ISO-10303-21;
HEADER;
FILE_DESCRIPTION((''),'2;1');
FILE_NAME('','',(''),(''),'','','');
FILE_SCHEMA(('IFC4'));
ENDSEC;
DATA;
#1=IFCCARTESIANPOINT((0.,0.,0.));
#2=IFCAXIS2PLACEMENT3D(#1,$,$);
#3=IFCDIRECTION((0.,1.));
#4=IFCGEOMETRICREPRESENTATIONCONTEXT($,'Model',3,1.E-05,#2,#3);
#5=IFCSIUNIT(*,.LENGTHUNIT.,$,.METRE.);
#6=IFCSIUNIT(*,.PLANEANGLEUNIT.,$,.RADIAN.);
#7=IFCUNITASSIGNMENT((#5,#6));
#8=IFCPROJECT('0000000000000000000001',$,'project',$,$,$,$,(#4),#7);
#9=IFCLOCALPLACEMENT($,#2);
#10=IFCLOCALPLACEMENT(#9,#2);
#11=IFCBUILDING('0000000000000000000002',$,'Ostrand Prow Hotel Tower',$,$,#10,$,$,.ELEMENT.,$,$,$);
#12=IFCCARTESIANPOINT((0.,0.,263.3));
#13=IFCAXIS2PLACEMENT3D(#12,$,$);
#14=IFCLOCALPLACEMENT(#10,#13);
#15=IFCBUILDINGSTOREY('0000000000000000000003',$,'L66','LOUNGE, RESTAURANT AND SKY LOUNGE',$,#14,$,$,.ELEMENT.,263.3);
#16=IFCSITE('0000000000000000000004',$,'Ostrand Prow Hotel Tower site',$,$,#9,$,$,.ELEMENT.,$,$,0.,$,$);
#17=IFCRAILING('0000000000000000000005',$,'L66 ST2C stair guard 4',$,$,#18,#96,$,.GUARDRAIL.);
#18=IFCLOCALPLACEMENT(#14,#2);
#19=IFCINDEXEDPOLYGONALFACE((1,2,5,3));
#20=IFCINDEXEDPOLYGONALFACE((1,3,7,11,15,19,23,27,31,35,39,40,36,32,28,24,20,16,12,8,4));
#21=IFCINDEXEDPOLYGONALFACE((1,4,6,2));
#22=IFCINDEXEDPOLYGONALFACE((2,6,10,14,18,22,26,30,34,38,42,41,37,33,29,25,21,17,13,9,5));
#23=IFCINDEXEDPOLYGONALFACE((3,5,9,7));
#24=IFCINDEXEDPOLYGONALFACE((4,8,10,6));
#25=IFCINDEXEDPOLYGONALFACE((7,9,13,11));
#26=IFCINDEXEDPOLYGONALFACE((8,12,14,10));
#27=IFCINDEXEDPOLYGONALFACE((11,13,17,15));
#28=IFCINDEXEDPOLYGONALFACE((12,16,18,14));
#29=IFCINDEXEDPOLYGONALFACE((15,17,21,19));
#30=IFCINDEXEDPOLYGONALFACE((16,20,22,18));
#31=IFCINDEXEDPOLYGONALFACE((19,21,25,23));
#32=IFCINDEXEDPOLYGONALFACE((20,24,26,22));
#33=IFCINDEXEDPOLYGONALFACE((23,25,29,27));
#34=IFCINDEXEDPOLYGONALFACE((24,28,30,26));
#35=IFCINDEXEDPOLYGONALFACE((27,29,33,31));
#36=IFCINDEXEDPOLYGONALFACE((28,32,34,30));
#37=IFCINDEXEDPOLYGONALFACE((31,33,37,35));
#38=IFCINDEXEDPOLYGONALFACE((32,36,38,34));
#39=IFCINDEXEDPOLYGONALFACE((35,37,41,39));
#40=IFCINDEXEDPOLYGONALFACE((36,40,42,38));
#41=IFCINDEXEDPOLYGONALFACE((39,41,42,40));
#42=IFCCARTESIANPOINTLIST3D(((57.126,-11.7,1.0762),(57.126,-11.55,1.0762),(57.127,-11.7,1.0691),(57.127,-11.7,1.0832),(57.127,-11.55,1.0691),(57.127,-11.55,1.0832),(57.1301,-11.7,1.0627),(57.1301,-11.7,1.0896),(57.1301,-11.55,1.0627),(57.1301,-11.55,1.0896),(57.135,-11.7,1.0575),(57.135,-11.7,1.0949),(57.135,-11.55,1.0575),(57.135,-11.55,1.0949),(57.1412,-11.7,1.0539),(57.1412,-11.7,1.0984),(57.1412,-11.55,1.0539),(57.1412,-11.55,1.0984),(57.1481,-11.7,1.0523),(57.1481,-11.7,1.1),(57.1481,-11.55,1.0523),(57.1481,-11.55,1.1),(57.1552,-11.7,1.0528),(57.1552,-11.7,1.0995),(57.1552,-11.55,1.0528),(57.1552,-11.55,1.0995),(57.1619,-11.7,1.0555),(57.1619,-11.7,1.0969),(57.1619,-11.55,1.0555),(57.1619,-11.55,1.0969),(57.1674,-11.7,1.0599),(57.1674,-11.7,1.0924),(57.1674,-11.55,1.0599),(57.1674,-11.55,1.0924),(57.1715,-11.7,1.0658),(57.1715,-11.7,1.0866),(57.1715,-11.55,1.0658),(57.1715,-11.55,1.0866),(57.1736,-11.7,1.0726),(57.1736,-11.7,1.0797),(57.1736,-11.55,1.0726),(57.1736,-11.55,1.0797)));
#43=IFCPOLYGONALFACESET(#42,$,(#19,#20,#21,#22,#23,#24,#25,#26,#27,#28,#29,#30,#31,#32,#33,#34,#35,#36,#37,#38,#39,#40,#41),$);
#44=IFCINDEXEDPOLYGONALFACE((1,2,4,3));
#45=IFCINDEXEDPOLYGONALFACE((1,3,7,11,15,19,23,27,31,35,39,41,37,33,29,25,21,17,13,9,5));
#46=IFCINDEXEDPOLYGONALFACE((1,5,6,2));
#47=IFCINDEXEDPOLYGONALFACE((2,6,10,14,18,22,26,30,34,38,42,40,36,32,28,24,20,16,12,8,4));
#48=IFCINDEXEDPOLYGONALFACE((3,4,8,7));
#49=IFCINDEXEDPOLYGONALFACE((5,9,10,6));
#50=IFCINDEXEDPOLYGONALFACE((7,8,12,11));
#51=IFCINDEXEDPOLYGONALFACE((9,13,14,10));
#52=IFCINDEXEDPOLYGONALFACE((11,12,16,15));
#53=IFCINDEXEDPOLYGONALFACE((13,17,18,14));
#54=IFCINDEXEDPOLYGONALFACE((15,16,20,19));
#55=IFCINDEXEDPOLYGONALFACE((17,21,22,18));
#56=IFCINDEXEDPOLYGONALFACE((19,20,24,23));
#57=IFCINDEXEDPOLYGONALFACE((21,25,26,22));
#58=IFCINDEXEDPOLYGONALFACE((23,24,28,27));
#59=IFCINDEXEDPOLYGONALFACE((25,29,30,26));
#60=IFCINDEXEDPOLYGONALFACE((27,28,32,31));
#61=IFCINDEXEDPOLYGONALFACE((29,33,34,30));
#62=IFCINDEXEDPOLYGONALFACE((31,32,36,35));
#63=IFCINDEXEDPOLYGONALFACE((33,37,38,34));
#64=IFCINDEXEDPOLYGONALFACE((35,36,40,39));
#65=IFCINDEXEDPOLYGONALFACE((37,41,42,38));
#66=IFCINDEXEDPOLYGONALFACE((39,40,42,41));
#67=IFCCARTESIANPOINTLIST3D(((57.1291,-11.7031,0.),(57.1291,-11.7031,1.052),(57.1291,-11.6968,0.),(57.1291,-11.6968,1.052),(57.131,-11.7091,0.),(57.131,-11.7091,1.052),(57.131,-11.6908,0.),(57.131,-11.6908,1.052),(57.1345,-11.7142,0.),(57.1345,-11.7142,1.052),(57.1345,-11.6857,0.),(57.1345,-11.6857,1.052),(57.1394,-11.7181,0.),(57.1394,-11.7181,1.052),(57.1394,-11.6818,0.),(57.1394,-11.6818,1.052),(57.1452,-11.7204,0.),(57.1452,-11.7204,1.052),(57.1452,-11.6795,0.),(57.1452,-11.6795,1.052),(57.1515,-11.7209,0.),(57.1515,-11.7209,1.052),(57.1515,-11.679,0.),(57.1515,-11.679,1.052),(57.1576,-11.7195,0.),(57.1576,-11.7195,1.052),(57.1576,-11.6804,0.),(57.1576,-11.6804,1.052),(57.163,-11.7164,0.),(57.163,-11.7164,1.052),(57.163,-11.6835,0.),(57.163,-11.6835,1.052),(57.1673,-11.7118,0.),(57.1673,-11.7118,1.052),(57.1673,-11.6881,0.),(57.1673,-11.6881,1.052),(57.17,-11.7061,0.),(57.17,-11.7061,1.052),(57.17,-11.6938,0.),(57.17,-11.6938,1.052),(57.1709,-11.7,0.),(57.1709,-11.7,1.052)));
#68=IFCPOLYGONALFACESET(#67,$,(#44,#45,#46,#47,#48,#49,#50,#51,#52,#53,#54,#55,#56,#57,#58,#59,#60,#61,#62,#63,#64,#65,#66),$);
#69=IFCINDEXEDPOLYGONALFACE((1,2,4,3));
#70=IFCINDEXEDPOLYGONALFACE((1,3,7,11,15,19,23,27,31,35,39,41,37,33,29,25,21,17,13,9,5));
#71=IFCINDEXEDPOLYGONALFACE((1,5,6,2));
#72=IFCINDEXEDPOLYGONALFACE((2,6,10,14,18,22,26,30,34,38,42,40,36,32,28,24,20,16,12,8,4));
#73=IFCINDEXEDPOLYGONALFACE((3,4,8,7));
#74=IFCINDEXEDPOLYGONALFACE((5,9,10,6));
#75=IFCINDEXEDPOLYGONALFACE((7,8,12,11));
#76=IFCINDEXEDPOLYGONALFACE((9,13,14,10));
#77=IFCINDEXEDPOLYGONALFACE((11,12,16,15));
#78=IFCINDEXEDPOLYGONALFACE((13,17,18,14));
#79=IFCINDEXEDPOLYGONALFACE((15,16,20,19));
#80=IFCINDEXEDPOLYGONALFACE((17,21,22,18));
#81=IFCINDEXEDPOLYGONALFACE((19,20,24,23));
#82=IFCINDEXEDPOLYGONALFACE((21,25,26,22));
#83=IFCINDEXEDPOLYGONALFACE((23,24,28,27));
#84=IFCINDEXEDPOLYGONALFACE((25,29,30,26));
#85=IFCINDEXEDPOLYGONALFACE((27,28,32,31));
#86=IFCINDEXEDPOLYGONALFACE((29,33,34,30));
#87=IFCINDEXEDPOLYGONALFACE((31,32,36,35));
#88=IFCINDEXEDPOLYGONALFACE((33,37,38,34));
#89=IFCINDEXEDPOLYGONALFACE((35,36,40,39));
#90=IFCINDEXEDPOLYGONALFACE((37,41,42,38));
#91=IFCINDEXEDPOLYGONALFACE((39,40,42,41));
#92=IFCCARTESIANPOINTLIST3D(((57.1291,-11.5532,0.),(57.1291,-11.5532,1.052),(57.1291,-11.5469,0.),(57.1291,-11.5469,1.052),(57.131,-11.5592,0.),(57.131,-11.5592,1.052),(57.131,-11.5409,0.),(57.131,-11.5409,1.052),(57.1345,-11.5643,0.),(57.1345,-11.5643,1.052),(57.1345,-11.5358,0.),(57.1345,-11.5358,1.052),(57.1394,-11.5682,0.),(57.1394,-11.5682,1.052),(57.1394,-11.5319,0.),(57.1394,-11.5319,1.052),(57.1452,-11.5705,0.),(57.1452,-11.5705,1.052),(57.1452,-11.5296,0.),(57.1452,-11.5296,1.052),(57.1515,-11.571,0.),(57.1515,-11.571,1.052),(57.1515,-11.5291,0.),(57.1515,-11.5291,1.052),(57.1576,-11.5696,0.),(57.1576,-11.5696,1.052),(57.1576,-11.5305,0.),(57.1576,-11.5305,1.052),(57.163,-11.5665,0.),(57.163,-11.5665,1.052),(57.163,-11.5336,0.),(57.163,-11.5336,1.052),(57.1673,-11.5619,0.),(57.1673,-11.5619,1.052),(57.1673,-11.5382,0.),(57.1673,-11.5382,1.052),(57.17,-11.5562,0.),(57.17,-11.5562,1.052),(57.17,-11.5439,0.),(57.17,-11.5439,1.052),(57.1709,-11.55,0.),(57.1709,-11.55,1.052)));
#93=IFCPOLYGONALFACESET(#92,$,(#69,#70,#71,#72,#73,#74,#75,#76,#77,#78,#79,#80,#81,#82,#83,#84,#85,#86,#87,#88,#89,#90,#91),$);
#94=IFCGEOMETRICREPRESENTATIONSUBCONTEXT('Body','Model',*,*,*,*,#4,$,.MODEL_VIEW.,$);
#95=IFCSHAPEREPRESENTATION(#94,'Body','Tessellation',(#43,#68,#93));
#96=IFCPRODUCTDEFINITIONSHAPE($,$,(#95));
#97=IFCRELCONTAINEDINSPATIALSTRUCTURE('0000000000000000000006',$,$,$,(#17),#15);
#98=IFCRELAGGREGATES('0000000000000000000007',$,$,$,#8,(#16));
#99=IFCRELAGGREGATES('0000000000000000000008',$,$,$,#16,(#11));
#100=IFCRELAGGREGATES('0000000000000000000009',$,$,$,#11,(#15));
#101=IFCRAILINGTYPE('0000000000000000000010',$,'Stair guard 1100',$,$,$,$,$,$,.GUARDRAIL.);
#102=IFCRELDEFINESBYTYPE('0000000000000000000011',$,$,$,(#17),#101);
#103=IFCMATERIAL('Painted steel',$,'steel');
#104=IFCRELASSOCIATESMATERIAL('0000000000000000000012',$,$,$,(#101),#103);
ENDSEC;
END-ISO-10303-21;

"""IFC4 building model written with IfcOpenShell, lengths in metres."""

from ifc_helpers import new_model, si_unit, direction, frame, origin, origin_2d, place, context, subcontext, project, spatial, circle, extrude, material, type_object, element, save


model = new_model("IFC4")

# Units and contexts
model_context = context("Model", 3, precision=1e-05, world=origin(), true_north=direction((0.0, 1.0)))
body_context = subcontext(model_context, "Body", "Model", "MODEL_VIEW")
ifc_project = project(units=[si_unit("LENGTHUNIT", "METRE"), si_unit("PLANEANGLEUNIT", "RADIAN")], contexts=[model_context])

# Site, building, storey
site_placement = place(None, origin())
site = spatial("IfcSite", under=ifc_project, at=site_placement, Name="Ostrand Prow Hotel Tower site", CompositionType="ELEMENT", RefElevation=0.0)
building_placement = place(site_placement, origin())
building = spatial("IfcBuilding", under=site, at=building_placement, Name="Ostrand Prow Hotel Tower", CompositionType="ELEMENT")
storey_placement = place(building_placement, frame((0.0, 0.0, 263.3)))
storey = spatial("IfcBuildingStorey", under=building, at=storey_placement, Name="L66", Description="LOUNGE, RESTAURANT AND SKY LOUNGE", CompositionType="ELEMENT", Elevation=263.3)

# Railing
ifc_material_1 = material(Name="Painted steel", Category="steel")
railing_type_1 = type_object("IfcRailingType", Name="Stair guard 1100", PredefinedType="GUARDRAIL", material=ifc_material_1)
railing_1_placement = place(storey_placement, frame((57.1499, -11.7, 0.0)))
element("IfcRailing", 1, at=railing_1_placement, inside=storey, type_object=railing_type_1, Name="L66 ST2C stair guard 4", PredefinedType="GUARDRAIL", context=body_context, shape_type="SweptSolid", body=[
    extrude(circle(Radius=0.0239, at=origin_2d()), frame((0.0, 0.0, 1.0762), z_axis=(0.0, 1.0, 0.0), x_axis=(-1.0, 0.0, 0.0)), (0.0, 0.0, 1.0), 0.1499),
    extrude(circle(Radius=0.021, at=origin_2d()), origin(), (0.0, 0.0, 1.0), 1.052),
    extrude(circle(Radius=0.021, at=origin_2d()), frame((0.0, 0.1499, 0.0)), (0.0, 0.0, 1.0), 1.052),
])

save(model, "model.ifc")
